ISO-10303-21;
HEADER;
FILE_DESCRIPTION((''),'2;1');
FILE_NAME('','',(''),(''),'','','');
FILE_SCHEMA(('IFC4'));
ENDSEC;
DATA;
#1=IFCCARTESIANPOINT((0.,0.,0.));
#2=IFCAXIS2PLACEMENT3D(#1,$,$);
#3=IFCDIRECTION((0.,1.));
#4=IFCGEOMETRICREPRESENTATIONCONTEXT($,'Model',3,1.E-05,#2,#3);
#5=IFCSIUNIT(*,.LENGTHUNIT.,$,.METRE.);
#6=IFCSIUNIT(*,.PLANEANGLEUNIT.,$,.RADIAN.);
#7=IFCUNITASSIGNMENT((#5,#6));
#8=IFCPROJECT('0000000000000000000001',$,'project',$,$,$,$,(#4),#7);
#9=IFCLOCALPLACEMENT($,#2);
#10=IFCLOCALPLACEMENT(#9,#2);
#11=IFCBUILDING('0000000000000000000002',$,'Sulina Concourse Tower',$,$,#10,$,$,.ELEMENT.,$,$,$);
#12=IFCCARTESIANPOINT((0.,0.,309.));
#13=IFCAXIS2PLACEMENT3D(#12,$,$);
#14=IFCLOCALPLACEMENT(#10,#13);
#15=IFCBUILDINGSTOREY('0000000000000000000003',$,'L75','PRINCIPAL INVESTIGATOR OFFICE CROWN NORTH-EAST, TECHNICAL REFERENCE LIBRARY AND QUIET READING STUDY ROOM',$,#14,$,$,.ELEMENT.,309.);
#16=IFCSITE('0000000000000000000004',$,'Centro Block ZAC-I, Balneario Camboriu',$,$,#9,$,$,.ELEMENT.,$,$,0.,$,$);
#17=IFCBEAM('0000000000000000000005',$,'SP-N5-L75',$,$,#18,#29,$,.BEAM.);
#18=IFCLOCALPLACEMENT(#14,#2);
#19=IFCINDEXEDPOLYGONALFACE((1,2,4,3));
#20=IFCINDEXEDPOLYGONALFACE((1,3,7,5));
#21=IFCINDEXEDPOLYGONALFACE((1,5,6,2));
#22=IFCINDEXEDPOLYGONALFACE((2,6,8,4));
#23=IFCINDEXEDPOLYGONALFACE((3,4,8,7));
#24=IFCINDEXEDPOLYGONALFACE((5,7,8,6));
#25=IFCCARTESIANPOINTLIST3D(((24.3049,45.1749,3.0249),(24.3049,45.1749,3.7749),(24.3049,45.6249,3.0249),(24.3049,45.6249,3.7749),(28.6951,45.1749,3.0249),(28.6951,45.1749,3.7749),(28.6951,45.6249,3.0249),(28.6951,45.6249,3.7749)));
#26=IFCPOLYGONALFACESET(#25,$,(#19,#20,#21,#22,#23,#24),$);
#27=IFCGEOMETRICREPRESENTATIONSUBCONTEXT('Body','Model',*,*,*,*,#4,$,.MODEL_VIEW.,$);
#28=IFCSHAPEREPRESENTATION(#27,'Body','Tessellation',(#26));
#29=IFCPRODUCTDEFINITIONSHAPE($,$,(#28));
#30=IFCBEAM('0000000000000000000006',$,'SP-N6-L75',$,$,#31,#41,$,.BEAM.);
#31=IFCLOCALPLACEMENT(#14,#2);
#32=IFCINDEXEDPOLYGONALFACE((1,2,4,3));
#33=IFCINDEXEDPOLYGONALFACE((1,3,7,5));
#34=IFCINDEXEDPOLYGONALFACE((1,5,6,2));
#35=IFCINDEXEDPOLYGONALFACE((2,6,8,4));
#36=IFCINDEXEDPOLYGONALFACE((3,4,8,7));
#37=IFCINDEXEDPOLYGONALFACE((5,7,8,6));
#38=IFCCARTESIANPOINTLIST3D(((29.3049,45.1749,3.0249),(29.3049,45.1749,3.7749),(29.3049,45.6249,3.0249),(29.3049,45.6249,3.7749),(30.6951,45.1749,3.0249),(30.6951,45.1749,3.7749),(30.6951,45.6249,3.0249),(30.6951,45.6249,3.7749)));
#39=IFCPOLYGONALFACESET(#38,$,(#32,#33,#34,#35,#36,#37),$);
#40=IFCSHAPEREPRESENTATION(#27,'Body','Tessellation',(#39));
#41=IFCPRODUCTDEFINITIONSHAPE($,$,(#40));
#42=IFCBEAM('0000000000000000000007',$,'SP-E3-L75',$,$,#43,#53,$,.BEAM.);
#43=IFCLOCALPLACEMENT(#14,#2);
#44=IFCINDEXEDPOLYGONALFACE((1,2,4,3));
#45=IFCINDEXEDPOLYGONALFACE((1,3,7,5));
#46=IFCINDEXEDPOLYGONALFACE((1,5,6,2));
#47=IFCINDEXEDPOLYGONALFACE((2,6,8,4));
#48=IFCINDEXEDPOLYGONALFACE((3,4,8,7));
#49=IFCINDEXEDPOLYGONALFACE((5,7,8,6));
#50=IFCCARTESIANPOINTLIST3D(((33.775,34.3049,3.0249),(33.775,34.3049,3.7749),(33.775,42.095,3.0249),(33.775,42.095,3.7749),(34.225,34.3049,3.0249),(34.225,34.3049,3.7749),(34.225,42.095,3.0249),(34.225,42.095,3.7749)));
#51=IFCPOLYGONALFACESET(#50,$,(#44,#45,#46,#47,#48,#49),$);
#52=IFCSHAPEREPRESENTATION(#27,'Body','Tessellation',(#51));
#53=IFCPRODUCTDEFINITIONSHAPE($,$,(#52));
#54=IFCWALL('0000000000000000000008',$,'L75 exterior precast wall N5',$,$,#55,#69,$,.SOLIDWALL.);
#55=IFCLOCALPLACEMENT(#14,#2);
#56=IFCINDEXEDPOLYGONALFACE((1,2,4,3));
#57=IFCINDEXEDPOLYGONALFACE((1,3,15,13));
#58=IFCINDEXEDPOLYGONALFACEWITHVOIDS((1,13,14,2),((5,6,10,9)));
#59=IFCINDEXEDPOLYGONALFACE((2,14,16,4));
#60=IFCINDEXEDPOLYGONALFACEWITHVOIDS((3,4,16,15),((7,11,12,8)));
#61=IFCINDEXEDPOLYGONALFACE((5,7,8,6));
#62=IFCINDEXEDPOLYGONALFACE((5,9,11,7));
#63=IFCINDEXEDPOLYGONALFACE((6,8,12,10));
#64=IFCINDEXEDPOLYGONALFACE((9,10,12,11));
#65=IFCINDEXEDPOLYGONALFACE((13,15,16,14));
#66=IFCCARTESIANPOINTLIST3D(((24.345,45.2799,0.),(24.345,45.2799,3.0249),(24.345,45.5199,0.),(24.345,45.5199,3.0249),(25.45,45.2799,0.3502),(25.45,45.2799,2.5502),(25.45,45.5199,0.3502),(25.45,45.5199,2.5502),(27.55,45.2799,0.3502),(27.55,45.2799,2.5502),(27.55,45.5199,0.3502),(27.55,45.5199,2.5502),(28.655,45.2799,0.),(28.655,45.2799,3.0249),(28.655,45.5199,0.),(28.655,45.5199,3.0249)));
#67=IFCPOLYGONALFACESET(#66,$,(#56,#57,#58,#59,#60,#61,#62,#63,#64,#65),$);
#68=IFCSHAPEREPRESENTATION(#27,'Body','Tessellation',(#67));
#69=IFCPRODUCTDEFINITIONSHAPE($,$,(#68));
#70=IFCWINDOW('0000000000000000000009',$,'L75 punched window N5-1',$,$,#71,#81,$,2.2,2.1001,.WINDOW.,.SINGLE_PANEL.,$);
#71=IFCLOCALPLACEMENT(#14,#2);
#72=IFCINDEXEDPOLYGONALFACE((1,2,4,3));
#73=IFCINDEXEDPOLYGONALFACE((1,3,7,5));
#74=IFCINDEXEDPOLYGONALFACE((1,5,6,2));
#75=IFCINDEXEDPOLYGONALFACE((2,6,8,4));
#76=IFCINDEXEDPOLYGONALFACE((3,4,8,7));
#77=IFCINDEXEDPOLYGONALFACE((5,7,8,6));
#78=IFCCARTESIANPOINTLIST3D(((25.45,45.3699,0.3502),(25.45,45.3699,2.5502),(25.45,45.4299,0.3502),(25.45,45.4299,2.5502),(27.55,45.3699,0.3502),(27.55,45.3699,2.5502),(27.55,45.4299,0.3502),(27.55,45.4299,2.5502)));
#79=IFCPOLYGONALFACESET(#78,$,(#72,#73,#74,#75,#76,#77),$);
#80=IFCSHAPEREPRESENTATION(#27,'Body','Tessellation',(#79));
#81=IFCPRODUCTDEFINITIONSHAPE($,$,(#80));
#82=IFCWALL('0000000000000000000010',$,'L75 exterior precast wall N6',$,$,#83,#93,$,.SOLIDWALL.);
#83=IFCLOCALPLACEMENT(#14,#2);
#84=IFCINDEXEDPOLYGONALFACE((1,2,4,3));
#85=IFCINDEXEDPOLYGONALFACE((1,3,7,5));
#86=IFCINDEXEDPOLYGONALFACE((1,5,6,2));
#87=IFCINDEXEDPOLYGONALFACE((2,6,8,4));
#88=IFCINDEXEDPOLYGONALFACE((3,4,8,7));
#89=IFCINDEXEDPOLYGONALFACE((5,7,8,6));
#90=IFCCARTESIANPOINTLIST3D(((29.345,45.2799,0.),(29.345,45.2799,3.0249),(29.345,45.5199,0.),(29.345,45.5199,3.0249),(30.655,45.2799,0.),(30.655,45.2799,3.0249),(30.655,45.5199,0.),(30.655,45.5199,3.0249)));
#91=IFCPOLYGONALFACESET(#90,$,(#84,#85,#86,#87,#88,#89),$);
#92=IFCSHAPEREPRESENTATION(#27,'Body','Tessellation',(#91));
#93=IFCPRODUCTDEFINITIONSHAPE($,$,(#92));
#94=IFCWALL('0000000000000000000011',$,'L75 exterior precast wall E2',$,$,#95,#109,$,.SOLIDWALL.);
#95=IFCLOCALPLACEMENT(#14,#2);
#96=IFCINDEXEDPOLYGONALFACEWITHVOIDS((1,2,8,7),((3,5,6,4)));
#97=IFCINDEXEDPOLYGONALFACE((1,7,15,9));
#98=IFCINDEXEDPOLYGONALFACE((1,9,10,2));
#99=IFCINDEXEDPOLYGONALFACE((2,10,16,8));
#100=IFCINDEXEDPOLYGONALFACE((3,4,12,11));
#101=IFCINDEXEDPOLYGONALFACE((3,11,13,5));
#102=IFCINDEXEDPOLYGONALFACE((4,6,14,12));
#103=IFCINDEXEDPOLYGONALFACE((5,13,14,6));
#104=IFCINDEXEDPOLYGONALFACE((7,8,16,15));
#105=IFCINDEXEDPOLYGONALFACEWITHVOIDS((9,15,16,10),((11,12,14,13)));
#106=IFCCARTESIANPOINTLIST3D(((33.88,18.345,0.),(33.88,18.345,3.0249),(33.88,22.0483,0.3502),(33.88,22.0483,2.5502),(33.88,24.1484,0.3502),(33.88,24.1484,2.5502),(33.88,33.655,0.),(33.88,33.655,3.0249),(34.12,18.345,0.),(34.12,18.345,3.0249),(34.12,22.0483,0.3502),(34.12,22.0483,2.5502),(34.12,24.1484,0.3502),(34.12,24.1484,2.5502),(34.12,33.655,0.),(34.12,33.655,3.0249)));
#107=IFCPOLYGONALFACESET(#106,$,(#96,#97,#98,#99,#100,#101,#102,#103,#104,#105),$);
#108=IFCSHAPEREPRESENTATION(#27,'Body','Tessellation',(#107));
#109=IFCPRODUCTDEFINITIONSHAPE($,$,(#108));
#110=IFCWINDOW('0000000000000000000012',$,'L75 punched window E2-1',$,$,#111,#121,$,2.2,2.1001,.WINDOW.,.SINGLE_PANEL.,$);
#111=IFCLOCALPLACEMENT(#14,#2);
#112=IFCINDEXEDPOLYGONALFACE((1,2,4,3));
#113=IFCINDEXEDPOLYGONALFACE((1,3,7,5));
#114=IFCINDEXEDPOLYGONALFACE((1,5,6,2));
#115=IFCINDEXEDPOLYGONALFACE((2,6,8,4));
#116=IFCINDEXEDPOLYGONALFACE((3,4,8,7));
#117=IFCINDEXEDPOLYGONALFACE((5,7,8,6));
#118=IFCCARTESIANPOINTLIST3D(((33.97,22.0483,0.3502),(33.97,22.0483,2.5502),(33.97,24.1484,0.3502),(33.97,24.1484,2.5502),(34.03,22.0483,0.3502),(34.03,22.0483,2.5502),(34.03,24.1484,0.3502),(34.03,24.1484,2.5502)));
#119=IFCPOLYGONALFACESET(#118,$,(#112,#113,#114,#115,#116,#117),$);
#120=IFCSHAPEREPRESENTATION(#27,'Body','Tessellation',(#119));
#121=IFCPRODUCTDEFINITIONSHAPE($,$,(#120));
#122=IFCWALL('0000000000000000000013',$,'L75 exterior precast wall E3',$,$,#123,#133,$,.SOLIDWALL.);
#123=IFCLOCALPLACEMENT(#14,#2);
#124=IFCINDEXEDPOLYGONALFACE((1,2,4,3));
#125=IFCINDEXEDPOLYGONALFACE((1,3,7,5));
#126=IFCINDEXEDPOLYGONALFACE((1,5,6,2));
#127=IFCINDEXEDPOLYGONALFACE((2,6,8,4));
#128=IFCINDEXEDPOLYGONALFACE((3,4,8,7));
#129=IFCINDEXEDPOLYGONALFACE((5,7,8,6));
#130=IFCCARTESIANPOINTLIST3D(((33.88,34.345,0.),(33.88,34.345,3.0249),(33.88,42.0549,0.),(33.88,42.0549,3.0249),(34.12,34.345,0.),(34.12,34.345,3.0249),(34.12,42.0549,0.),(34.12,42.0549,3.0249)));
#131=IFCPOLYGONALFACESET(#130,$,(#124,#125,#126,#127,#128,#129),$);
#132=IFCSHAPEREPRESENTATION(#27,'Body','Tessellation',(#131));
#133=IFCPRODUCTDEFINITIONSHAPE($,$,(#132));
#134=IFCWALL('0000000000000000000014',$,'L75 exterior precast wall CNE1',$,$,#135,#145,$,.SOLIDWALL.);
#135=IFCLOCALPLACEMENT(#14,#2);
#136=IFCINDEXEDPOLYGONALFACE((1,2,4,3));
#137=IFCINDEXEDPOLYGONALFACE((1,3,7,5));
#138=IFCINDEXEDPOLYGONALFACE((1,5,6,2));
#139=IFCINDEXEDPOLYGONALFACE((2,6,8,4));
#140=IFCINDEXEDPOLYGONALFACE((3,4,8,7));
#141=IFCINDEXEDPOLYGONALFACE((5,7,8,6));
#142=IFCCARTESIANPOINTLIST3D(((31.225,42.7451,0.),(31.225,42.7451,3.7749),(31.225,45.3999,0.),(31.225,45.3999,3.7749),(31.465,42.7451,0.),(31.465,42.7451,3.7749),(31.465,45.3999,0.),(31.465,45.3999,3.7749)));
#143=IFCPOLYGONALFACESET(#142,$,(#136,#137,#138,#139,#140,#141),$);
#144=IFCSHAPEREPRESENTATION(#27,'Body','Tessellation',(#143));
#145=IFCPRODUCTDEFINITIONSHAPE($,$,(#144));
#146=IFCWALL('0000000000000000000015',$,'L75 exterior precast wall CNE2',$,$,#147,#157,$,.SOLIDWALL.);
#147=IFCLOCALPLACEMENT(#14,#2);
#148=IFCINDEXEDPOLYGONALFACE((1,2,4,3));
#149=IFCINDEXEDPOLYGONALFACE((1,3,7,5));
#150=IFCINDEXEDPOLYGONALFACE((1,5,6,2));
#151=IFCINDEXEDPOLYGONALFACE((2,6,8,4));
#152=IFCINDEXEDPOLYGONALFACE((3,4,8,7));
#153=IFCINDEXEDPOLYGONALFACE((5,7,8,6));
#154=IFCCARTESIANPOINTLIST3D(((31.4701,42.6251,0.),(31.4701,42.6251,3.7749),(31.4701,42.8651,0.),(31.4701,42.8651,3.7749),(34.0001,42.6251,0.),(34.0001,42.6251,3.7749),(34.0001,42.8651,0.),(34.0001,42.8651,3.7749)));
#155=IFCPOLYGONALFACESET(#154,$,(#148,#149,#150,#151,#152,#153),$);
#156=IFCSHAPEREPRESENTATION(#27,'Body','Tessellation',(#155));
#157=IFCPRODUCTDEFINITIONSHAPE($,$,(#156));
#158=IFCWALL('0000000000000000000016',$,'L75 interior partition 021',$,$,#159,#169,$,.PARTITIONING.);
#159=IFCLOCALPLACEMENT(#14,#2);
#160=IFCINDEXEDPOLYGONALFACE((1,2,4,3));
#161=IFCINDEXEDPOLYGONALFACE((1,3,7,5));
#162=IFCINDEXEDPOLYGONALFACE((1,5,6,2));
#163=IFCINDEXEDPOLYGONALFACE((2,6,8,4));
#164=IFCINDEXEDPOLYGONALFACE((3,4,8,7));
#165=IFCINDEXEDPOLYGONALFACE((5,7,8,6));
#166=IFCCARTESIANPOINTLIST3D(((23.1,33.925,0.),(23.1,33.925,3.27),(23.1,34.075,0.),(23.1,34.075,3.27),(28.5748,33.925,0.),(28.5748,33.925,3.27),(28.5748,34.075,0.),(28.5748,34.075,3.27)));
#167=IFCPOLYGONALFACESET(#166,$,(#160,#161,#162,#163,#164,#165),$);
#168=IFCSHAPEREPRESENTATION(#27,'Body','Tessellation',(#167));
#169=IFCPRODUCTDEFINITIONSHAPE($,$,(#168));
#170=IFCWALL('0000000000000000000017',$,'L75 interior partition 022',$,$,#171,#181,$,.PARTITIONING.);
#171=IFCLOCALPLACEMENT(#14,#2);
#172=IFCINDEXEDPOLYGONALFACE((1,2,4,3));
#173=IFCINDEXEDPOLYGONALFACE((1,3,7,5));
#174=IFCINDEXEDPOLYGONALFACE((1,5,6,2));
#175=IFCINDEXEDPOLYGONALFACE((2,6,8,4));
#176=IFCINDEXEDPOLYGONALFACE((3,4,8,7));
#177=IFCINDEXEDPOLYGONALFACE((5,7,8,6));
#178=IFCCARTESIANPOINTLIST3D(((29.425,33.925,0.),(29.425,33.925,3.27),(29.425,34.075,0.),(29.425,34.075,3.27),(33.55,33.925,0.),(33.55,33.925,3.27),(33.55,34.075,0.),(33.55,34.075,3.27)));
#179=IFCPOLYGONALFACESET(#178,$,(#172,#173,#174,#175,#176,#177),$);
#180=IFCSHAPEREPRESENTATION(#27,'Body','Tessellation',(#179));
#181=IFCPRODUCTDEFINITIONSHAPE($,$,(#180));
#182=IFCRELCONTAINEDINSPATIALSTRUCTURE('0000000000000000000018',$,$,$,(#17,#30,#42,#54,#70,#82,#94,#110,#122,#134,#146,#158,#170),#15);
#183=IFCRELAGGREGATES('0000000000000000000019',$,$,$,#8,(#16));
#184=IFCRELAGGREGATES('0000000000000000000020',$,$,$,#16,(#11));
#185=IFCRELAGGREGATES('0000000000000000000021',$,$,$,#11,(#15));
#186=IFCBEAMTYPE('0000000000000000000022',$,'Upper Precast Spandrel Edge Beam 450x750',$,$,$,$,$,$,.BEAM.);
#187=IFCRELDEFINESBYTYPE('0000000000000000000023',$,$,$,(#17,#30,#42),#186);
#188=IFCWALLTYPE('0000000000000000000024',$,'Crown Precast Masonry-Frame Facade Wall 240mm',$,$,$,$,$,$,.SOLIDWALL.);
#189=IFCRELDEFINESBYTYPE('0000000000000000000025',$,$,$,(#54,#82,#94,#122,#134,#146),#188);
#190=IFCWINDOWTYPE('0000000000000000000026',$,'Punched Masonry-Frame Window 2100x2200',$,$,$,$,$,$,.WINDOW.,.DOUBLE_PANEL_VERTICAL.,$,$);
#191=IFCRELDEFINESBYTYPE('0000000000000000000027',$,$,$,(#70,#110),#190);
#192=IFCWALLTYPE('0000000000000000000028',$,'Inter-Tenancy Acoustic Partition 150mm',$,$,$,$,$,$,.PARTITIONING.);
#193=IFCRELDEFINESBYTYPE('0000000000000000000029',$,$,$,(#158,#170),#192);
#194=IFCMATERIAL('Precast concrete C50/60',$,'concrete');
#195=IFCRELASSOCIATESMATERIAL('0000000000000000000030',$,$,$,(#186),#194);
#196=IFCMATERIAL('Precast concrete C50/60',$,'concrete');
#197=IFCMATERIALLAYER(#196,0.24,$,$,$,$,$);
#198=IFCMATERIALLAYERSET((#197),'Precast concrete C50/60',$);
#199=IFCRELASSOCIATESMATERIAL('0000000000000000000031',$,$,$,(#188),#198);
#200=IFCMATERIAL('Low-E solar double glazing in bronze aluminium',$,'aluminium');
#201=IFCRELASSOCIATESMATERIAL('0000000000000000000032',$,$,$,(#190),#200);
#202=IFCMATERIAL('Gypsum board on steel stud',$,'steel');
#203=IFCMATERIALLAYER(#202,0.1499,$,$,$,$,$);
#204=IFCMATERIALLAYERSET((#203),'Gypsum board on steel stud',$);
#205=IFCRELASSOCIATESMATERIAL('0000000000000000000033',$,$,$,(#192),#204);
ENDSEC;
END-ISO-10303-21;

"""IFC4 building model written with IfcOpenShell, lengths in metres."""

from ifc_helpers import new_model, si_unit, direction, frame, frame_2d, origin, origin_2d, place, context, subcontext, project, spatial, rectangle, extrude, material, layer, layer_set, material_profile, profile_set, type_object, element, fill, save


model = new_model("IFC4")

# Units and contexts
model_context = context("Model", 3, precision=1e-05, world=origin(), true_north=direction((0.0, 1.0)))
body_context = subcontext(model_context, "Body", "Model", "MODEL_VIEW")
ifc_project = project(units=[si_unit("LENGTHUNIT", "METRE"), si_unit("PLANEANGLEUNIT", "RADIAN")], contexts=[model_context])

# Site, building, storey
site_placement = place(None, origin())
site = spatial("IfcSite", under=ifc_project, at=site_placement, Name="Centro Block ZAC-I, Balneario Camboriu", CompositionType="ELEMENT", RefElevation=0.0)
building_placement = place(site_placement, origin())
building = spatial("IfcBuilding", under=site, at=building_placement, Name="Sulina Concourse Tower", CompositionType="ELEMENT")
storey_placement = place(building_placement, frame((0.0, 0.0, 309.0)))
storey = spatial("IfcBuildingStorey", under=building, at=storey_placement, Name="L75", Description="PRINCIPAL INVESTIGATOR OFFICE CROWN NORTH-EAST, TECHNICAL REFERENCE LIBRARY AND QUIET READING STUDY ROOM", CompositionType="ELEMENT", Elevation=309.0)

# Beams
ifc_material_1 = material(Name="Precast concrete C50/60", Category="concrete")
ifc_material_profile_1 = material_profile(ifc_material_1, rectangle(XDim=0.45, YDim=0.75, at=origin_2d()), Name="RC 450x750")
ifc_profile_set_1 = profile_set([ifc_material_profile_1], Name="Precast concrete C50/60")
beam_type_1 = type_object("IfcBeamType", Name="Upper Precast Spandrel Edge Beam 450x750", PredefinedType="BEAM", material=ifc_profile_set_1)
beam_1_placement = place(storey_placement, frame((24.3049, 45.3999, 3.3999), z_axis=(1.0, 0.0, 0.0), x_axis=(0.0, 1.0, 0.0)))
element("IfcBeam", 1, at=beam_1_placement, inside=storey, type_object=beam_type_1, Name="SP-N5-L75", PredefinedType="BEAM", context=body_context, shape_type="SweptSolid", body=[
    extrude(rectangle(XDim=0.45, YDim=0.75, at=origin_2d()), origin(), (0.0, 0.0, 1.0), 4.3901),
])
beam_2_placement = place(storey_placement, frame((29.3049, 45.3999, 3.3999), z_axis=(1.0, 0.0, 0.0), x_axis=(0.0, 1.0, 0.0)))
element("IfcBeam", 2, at=beam_2_placement, inside=storey, type_object=beam_type_1, Name="SP-N6-L75", PredefinedType="BEAM", context=body_context, shape_type="SweptSolid", body=[
    extrude(rectangle(XDim=0.45, YDim=0.75, at=origin_2d()), origin(), (0.0, 0.0, 1.0), 1.3901),
])
beam_3_placement = place(storey_placement, frame((34.0, 34.3049, 3.3999), z_axis=(0.0, 1.0, 0.0), x_axis=(-1.0, 0.0, 0.0)))
element("IfcBeam", 3, at=beam_3_placement, inside=storey, type_object=beam_type_1, Name="SP-E3-L75", PredefinedType="BEAM", context=body_context, shape_type="SweptSolid", body=[
    extrude(rectangle(XDim=0.45, YDim=0.75, at=origin_2d()), origin(), (0.0, 0.0, 1.0), 7.79),
])

# Wall, opening, window
ifc_material_2 = material(Name="Precast concrete C50/60", Category="concrete")
ifc_layer_1 = layer(ifc_material_2, 0.24)
ifc_layer_set_1 = layer_set([ifc_layer_1], Name="Precast concrete C50/60")
wall_type_1 = type_object("IfcWallType", Name="Crown Precast Masonry-Frame Facade Wall 240mm", PredefinedType="SOLIDWALL", material=ifc_layer_set_1)
wall_1_placement = place(storey_placement, frame((24.345, 45.3999, 0.0), z_axis=(0.0, 0.0, 1.0), x_axis=(1.0, 0.0, 0.0)))
wall_1 = element("IfcWall", 4, at=wall_1_placement, inside=storey, type_object=wall_type_1, Name="L75 exterior precast wall N5", PredefinedType="SOLIDWALL", context=body_context, shape_type="SweptSolid", body=[
    extrude(rectangle(XDim=4.3101, YDim=0.24, at=frame_2d((2.155, 0.0))), origin(), (0.0, 0.0, 1.0), 3.0249),
])
opening_1_placement = place(wall_1_placement, frame((1.105, 0.0, 0.3501)))
opening_1 = element("IfcOpeningElement", 5, at=opening_1_placement, cuts=wall_1, PredefinedType="OPENING", context=body_context, shape_type="SweptSolid", body=[
    extrude(rectangle(XDim=2.1001, YDim=2.2, at=frame_2d((1.05, 1.1001))), frame((0.0, 0.1299, 0.0), z_axis=(0.0, -1.0, 0.0), x_axis=(1.0, 0.0, 0.0)), (0.0, 0.0, 1.0), 0.26),
])
ifc_material_3 = material(Name="Low-E solar double glazing in bronze aluminium", Category="aluminium")
window_type = type_object("IfcWindowType", Name="Punched Masonry-Frame Window 2100x2200", PartitioningType="DOUBLE_PANEL_VERTICAL", PredefinedType="WINDOW", material=ifc_material_3)
window_1_placement = place(opening_1_placement, origin())
window_1 = element("IfcWindow", 6, at=window_1_placement, inside=storey, type_object=window_type, Name="L75 punched window N5-1", OverallHeight=2.2, OverallWidth=2.1001, PartitioningType="SINGLE_PANEL", PredefinedType="WINDOW", context=body_context, shape_type="SweptSolid", body=[
    extrude(rectangle(XDim=2.1001, YDim=2.2, at=frame_2d((1.05, 1.1001))), frame((0.0, 0.03, 0.0), z_axis=(0.0, -1.0, 0.0), x_axis=(1.0, 0.0, 0.0)), (0.0, 0.0, 1.0), 0.0601),
])
fill(opening_1, window_1)

# Wall
wall_2_placement = place(storey_placement, frame((29.345, 45.3999, 0.0), z_axis=(0.0, 0.0, 1.0), x_axis=(1.0, 0.0, 0.0)))
element("IfcWall", 7, at=wall_2_placement, inside=storey, type_object=wall_type_1, Name="L75 exterior precast wall N6", PredefinedType="SOLIDWALL", context=body_context, shape_type="SweptSolid", body=[
    extrude(rectangle(XDim=1.3101, YDim=0.24, at=frame_2d((0.655, 0.0))), origin(), (0.0, 0.0, 1.0), 3.0249),
])

# Wall, opening, window
wall_3_placement = place(storey_placement, frame((34.0, 33.655, 0.0), z_axis=(0.0, 0.0, 1.0), x_axis=(0.0, -1.0, 0.0)))
wall_3 = element("IfcWall", 8, at=wall_3_placement, inside=storey, type_object=wall_type_1, Name="L75 exterior precast wall E2", PredefinedType="SOLIDWALL", context=body_context, shape_type="SweptSolid", body=[
    extrude(rectangle(XDim=15.3101, YDim=0.24, at=frame_2d((7.655, 0.0))), origin(), (0.0, 0.0, 1.0), 3.0249),
])
opening_2_placement = place(wall_3_placement, frame((9.5066, 0.0, 0.3501)))
opening_2 = element("IfcOpeningElement", 9, at=opening_2_placement, cuts=wall_3, PredefinedType="OPENING", context=body_context, shape_type="SweptSolid", body=[
    extrude(rectangle(XDim=2.1001, YDim=2.2, at=frame_2d((1.05, 1.1001))), frame((0.0, 0.1299, 0.0), z_axis=(0.0, -1.0, 0.0), x_axis=(1.0, 0.0, 0.0)), (0.0, 0.0, 1.0), 0.26),
])
window_2_placement = place(opening_2_placement, origin())
window_2 = element("IfcWindow", 10, at=window_2_placement, inside=storey, type_object=window_type, Name="L75 punched window E2-1", OverallHeight=2.2, OverallWidth=2.1001, PartitioningType="SINGLE_PANEL", PredefinedType="WINDOW", context=body_context, shape_type="SweptSolid", body=[
    extrude(rectangle(XDim=2.1001, YDim=2.2, at=frame_2d((1.05, 1.1001))), frame((0.0, 0.03, 0.0), z_axis=(0.0, -1.0, 0.0), x_axis=(1.0, 0.0, 0.0)), (0.0, 0.0, 1.0), 0.0601),
])
fill(opening_2, window_2)

# Walls
wall_4_placement = place(storey_placement, frame((34.0, 42.0549, 0.0), z_axis=(0.0, 0.0, 1.0), x_axis=(0.0, -1.0, 0.0)))
element("IfcWall", 11, at=wall_4_placement, inside=storey, type_object=wall_type_1, Name="L75 exterior precast wall E3", PredefinedType="SOLIDWALL", context=body_context, shape_type="SweptSolid", body=[
    extrude(rectangle(XDim=7.71, YDim=0.24, at=frame_2d((3.855, 0.0))), origin(), (0.0, 0.0, 1.0), 3.0249),
])
wall_5_placement = place(storey_placement, frame((31.345, 45.3999, 0.0), z_axis=(0.0, 0.0, 1.0), x_axis=(0.0, -1.0, 0.0)))
element("IfcWall", 12, at=wall_5_placement, inside=storey, type_object=wall_type_1, Name="L75 exterior precast wall CNE1", PredefinedType="SOLIDWALL", context=body_context, shape_type="SweptSolid", body=[
    extrude(rectangle(XDim=2.6548, YDim=0.24, at=frame_2d((1.3274, 0.0))), origin(), (0.0, 0.0, 1.0), 3.7749),
])
wall_6_placement = place(storey_placement, frame((31.47, 42.7451, 0.0), z_axis=(0.0, 0.0, 1.0), x_axis=(1.0, 0.0, 0.0)))
element("IfcWall", 13, at=wall_6_placement, inside=storey, type_object=wall_type_1, Name="L75 exterior precast wall CNE2", PredefinedType="SOLIDWALL", context=body_context, shape_type="SweptSolid", body=[
    extrude(rectangle(XDim=2.53, YDim=0.24, at=frame_2d((1.2651, 0.0))), origin(), (0.0, 0.0, 1.0), 3.7749),
])
ifc_material_4 = material(Name="Gypsum board on steel stud", Category="steel")
ifc_layer_2 = layer(ifc_material_4, 0.1499)
ifc_layer_set_2 = layer_set([ifc_layer_2], Name="Gypsum board on steel stud")
wall_type_2 = type_object("IfcWallType", Name="Inter-Tenancy Acoustic Partition 150mm", PredefinedType="PARTITIONING", material=ifc_layer_set_2)
wall_7_placement = place(storey_placement, frame((23.1001, 34.0, 0.0), z_axis=(0.0, 0.0, 1.0), x_axis=(1.0, 0.0, 0.0)))
element("IfcWall", 14, at=wall_7_placement, inside=storey, type_object=wall_type_2, Name="L75 interior partition 021", PredefinedType="PARTITIONING", context=body_context, shape_type="SweptSolid", body=[
    extrude(rectangle(XDim=5.4749, YDim=0.1499, at=frame_2d((2.7373, 0.0))), origin(), (0.0, 0.0, 1.0), 3.27),
])
wall_8_placement = place(storey_placement, frame((29.425, 34.0, 0.0), z_axis=(0.0, 0.0, 1.0), x_axis=(1.0, 0.0, 0.0)))
element("IfcWall", 15, at=wall_8_placement, inside=storey, type_object=wall_type_2, Name="L75 interior partition 022", PredefinedType="PARTITIONING", context=body_context, shape_type="SweptSolid", body=[
    extrude(rectangle(XDim=4.125, YDim=0.1499, at=frame_2d((2.0625, 0.0))), origin(), (0.0, 0.0, 1.0), 3.27),
])

save(model, "model.ifc")
